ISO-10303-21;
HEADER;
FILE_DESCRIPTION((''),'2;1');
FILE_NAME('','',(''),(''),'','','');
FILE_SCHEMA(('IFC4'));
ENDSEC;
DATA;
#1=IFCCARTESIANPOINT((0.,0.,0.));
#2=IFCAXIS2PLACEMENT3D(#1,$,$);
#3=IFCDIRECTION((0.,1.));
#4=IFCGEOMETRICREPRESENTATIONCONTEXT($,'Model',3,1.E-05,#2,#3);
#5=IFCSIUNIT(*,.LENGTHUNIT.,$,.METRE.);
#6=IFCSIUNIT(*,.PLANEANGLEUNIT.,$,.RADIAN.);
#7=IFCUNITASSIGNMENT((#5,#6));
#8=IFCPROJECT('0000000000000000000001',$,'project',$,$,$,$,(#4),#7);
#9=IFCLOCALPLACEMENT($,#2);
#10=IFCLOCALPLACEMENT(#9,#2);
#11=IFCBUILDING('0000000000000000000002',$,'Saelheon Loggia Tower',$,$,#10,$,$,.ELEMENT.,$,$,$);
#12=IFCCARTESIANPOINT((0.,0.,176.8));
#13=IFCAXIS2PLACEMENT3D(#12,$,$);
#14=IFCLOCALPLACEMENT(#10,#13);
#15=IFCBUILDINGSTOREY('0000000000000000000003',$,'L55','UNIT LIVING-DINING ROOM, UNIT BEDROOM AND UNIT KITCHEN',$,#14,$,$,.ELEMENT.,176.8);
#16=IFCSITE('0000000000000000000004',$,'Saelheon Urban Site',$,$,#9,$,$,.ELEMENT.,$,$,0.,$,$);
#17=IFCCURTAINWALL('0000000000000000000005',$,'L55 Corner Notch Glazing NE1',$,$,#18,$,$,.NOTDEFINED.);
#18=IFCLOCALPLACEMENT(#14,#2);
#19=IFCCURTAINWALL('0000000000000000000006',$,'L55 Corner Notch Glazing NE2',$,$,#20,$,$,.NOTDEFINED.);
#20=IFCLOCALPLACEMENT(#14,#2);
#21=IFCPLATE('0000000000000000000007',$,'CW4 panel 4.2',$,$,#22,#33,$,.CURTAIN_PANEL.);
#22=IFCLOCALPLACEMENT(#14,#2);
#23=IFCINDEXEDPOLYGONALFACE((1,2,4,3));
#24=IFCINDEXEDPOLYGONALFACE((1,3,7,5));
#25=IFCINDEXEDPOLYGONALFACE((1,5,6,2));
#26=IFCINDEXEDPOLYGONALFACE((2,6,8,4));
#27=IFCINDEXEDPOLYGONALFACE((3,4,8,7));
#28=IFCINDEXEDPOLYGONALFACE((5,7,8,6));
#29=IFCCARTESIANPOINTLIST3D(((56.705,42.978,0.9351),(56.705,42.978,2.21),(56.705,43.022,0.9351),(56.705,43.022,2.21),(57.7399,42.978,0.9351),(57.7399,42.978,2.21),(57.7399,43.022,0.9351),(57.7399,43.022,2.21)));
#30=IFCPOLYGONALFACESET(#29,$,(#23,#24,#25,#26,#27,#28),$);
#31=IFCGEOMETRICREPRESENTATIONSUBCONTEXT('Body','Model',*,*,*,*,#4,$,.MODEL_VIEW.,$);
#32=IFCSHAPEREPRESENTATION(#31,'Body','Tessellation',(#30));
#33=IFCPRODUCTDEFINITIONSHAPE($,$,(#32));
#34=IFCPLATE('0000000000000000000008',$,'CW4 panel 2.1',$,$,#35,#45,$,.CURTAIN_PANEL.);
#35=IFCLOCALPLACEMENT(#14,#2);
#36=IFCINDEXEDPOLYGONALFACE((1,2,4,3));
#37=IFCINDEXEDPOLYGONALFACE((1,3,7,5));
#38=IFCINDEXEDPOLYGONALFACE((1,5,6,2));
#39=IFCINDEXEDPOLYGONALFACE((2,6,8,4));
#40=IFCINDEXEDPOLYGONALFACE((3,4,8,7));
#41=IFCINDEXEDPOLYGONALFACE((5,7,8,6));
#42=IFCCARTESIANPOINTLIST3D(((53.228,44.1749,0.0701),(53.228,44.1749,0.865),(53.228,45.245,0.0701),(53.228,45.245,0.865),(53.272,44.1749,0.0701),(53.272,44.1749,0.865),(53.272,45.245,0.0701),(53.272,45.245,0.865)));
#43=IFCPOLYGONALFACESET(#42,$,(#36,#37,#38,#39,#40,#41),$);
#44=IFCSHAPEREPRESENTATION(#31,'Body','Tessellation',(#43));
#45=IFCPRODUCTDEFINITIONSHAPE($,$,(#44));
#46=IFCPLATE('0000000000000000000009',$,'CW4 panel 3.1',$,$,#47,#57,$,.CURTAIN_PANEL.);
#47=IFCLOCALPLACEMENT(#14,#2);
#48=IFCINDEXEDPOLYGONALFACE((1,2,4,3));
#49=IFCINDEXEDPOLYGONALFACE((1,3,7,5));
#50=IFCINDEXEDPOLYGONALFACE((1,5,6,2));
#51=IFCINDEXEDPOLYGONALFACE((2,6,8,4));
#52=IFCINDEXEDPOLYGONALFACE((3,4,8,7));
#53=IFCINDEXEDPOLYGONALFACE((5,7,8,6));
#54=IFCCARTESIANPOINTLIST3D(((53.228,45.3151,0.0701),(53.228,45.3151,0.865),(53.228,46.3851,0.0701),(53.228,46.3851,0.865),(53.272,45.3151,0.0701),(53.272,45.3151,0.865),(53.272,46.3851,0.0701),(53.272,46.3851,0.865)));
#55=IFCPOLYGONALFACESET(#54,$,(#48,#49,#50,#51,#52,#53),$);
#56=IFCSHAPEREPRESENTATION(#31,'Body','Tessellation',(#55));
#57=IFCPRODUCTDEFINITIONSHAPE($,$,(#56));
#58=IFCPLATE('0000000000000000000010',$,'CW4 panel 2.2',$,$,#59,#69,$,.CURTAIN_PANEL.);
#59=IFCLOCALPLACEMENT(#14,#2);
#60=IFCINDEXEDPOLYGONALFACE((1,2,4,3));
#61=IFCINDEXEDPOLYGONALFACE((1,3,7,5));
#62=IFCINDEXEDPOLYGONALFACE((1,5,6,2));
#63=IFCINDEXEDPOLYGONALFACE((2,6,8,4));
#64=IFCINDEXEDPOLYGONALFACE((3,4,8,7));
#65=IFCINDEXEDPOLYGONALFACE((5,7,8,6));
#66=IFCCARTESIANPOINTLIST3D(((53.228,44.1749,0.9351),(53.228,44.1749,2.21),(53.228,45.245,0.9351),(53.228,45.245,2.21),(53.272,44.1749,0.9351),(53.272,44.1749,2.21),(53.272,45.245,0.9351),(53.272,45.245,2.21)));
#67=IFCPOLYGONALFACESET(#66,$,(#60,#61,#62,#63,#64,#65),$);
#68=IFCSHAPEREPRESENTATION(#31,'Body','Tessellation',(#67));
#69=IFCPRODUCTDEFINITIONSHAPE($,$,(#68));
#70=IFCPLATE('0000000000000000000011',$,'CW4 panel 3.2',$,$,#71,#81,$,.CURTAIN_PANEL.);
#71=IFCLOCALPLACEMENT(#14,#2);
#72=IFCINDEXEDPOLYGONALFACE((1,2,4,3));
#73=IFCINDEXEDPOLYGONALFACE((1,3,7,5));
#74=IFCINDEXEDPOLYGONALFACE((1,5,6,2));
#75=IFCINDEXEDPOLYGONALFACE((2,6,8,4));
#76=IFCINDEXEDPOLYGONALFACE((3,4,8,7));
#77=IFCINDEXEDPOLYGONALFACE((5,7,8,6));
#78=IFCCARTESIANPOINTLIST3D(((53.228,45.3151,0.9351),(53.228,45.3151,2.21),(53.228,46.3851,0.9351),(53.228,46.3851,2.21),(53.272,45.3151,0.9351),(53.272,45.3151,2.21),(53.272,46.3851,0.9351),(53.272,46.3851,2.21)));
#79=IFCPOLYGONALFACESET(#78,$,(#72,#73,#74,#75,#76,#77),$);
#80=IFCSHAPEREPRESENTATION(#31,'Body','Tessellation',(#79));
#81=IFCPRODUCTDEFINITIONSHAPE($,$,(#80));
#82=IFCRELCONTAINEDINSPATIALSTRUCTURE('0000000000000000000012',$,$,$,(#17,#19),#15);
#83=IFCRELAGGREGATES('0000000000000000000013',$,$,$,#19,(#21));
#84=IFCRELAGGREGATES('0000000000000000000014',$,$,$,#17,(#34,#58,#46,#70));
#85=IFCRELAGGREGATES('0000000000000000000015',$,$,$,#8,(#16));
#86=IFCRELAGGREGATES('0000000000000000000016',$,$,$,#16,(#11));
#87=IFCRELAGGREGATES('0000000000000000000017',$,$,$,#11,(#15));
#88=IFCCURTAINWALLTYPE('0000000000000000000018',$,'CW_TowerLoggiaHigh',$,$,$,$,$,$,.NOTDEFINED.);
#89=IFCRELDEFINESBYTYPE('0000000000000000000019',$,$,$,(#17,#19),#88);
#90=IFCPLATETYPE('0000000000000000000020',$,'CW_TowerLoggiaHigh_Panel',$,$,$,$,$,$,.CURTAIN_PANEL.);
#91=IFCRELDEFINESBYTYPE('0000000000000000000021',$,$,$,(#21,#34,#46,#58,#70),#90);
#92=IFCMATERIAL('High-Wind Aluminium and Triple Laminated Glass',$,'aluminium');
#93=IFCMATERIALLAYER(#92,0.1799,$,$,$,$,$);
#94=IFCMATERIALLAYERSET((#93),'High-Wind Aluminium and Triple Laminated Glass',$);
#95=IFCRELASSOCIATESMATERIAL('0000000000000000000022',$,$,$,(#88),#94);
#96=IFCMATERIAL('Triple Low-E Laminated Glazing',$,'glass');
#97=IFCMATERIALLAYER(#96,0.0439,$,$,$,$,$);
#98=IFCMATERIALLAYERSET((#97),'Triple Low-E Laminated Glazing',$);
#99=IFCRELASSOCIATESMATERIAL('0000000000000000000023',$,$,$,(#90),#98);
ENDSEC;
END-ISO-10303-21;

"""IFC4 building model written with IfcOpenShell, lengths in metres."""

from ifc_helpers import new_model, si_unit, direction, frame, origin, origin_2d, place, context, subcontext, project, spatial, rectangle, extrude, source, transform, mapped, material, layer, layer_set, type_object, element, aggregate, save


model = new_model("IFC4")

# Units and contexts
model_context = context("Model", 3, precision=1e-05, world=origin(), true_north=direction((0.0, 1.0)))
body_context = subcontext(model_context, "Body", "Model", "MODEL_VIEW")
ifc_project = project(units=[si_unit("LENGTHUNIT", "METRE"), si_unit("PLANEANGLEUNIT", "RADIAN")], contexts=[model_context])

# Site, building, storey
site_placement = place(None, origin())
site = spatial("IfcSite", under=ifc_project, at=site_placement, Name="Saelheon Urban Site", CompositionType="ELEMENT", RefElevation=0.0)
building_placement = place(site_placement, origin())
building = spatial("IfcBuilding", under=site, at=building_placement, Name="Saelheon Loggia Tower", CompositionType="ELEMENT")
storey_placement = place(building_placement, frame((0.0, 0.0, 176.8)))
storey = spatial("IfcBuildingStorey", under=building, at=storey_placement, Name="L55", Description="UNIT LIVING-DINING ROOM, UNIT BEDROOM AND UNIT KITCHEN", CompositionType="ELEMENT", Elevation=176.8)

# Curtain wall
ifc_material_1 = material(Name="High-Wind Aluminium and Triple Laminated Glass", Category="aluminium")
ifc_layer_1 = layer(ifc_material_1, 0.1799)
ifc_layer_set_1 = layer_set([ifc_layer_1], Name="High-Wind Aluminium and Triple Laminated Glass")
curtain_wall_type = type_object("IfcCurtainWallType", Name="CW_TowerLoggiaHigh", PredefinedType="NOTDEFINED", material=ifc_layer_set_1)
curtain_wall_1_placement = place(storey_placement, origin())
curtain_wall_1 = element("IfcCurtainWall", 1, at=curtain_wall_1_placement, inside=storey, type_object=curtain_wall_type, Name="L55 Corner Notch Glazing NE1", PredefinedType="NOTDEFINED")

# Curtain wall
curtain_wall_2_placement = place(storey_placement, origin())
curtain_wall_2 = element("IfcCurtainWall", 2, at=curtain_wall_2_placement, inside=storey, type_object=curtain_wall_type, Name="L55 Corner Notch Glazing NE2", PredefinedType="NOTDEFINED")

# Plates
ifc_material_2 = material(Name="Triple Low-E Laminated Glazing", Category="glass")
ifc_layer_2 = layer(ifc_material_2, 0.0439)
ifc_layer_set_2 = layer_set([ifc_layer_2], Name="Triple Low-E Laminated Glazing")
plate_type = type_object("IfcPlateType", Name="CW_TowerLoggiaHigh_Panel", PredefinedType="CURTAIN_PANEL", material=ifc_layer_set_2)
shared_shape_1 = source(origin(), body_context, "Body", "SweptSolid", [
    extrude(rectangle(XDim=1.0349, YDim=0.0439, at=origin_2d()), origin(), (0.0, 0.0, 1.0), 1.2749),
])
plate_1_placement = place(storey_placement, frame((57.2224, 43.0, 0.9351), z_axis=(0.0, 0.0, 1.0), x_axis=(1.0, 0.0, 0.0)))
plate_1 = element("IfcPlate", 3, at=plate_1_placement, type_object=plate_type, Name="CW4 panel 4.2", PredefinedType="CURTAIN_PANEL", context=body_context, shape_type="MappedRepresentation", body=[
    mapped(shared_shape_1, transform((0.0, 0.0, 0.0), scale=1.0)),
])
aggregate(curtain_wall_2, [plate_1])
shared_shape_2 = source(origin(), body_context, "Body", "SweptSolid", [
    extrude(rectangle(XDim=1.0701, YDim=0.0439, at=origin_2d()), origin(), (0.0, 0.0, 1.0), 0.7949),
])
plate_2_placement = place(storey_placement, frame((53.25, 44.71, 0.0701), z_axis=(0.0, 0.0, 1.0), x_axis=(0.0, 1.0, 0.0)))
plate_2 = element("IfcPlate", 4, at=plate_2_placement, type_object=plate_type, Name="CW4 panel 2.1", PredefinedType="CURTAIN_PANEL", context=body_context, shape_type="MappedRepresentation", body=[
    mapped(shared_shape_2, transform((0.0, 0.0, 0.0), scale=1.0)),
])
plate_3_placement = place(storey_placement, frame((53.25, 45.8501, 0.0701), z_axis=(0.0, 0.0, 1.0), x_axis=(0.0, 1.0, 0.0)))
plate_3 = element("IfcPlate", 5, at=plate_3_placement, type_object=plate_type, Name="CW4 panel 3.1", PredefinedType="CURTAIN_PANEL", context=body_context, shape_type="MappedRepresentation", body=[
    mapped(shared_shape_2, transform((0.0, 0.0, 0.0), scale=1.0)),
])
shared_shape_3 = source(origin(), body_context, "Body", "SweptSolid", [
    extrude(rectangle(XDim=1.0701, YDim=0.0439, at=origin_2d()), origin(), (0.0, 0.0, 1.0), 1.2749),
])
plate_4_placement = place(storey_placement, frame((53.25, 44.71, 0.9351), z_axis=(0.0, 0.0, 1.0), x_axis=(0.0, 1.0, 0.0)))
plate_4 = element("IfcPlate", 6, at=plate_4_placement, type_object=plate_type, Name="CW4 panel 2.2", PredefinedType="CURTAIN_PANEL", context=body_context, shape_type="MappedRepresentation", body=[
    mapped(shared_shape_3, transform((0.0, 0.0, 0.0), scale=1.0)),
])
plate_5_placement = place(storey_placement, frame((53.25, 45.8501, 0.9351), z_axis=(0.0, 0.0, 1.0), x_axis=(0.0, 1.0, 0.0)))
plate_5 = element("IfcPlate", 7, at=plate_5_placement, type_object=plate_type, Name="CW4 panel 3.2", PredefinedType="CURTAIN_PANEL", context=body_context, shape_type="MappedRepresentation", body=[
    mapped(shared_shape_3, transform((0.0, 0.0, 0.0), scale=1.0)),
])
aggregate(curtain_wall_1, [plate_2, plate_4, plate_3, plate_5])

save(model, "model.ifc")
